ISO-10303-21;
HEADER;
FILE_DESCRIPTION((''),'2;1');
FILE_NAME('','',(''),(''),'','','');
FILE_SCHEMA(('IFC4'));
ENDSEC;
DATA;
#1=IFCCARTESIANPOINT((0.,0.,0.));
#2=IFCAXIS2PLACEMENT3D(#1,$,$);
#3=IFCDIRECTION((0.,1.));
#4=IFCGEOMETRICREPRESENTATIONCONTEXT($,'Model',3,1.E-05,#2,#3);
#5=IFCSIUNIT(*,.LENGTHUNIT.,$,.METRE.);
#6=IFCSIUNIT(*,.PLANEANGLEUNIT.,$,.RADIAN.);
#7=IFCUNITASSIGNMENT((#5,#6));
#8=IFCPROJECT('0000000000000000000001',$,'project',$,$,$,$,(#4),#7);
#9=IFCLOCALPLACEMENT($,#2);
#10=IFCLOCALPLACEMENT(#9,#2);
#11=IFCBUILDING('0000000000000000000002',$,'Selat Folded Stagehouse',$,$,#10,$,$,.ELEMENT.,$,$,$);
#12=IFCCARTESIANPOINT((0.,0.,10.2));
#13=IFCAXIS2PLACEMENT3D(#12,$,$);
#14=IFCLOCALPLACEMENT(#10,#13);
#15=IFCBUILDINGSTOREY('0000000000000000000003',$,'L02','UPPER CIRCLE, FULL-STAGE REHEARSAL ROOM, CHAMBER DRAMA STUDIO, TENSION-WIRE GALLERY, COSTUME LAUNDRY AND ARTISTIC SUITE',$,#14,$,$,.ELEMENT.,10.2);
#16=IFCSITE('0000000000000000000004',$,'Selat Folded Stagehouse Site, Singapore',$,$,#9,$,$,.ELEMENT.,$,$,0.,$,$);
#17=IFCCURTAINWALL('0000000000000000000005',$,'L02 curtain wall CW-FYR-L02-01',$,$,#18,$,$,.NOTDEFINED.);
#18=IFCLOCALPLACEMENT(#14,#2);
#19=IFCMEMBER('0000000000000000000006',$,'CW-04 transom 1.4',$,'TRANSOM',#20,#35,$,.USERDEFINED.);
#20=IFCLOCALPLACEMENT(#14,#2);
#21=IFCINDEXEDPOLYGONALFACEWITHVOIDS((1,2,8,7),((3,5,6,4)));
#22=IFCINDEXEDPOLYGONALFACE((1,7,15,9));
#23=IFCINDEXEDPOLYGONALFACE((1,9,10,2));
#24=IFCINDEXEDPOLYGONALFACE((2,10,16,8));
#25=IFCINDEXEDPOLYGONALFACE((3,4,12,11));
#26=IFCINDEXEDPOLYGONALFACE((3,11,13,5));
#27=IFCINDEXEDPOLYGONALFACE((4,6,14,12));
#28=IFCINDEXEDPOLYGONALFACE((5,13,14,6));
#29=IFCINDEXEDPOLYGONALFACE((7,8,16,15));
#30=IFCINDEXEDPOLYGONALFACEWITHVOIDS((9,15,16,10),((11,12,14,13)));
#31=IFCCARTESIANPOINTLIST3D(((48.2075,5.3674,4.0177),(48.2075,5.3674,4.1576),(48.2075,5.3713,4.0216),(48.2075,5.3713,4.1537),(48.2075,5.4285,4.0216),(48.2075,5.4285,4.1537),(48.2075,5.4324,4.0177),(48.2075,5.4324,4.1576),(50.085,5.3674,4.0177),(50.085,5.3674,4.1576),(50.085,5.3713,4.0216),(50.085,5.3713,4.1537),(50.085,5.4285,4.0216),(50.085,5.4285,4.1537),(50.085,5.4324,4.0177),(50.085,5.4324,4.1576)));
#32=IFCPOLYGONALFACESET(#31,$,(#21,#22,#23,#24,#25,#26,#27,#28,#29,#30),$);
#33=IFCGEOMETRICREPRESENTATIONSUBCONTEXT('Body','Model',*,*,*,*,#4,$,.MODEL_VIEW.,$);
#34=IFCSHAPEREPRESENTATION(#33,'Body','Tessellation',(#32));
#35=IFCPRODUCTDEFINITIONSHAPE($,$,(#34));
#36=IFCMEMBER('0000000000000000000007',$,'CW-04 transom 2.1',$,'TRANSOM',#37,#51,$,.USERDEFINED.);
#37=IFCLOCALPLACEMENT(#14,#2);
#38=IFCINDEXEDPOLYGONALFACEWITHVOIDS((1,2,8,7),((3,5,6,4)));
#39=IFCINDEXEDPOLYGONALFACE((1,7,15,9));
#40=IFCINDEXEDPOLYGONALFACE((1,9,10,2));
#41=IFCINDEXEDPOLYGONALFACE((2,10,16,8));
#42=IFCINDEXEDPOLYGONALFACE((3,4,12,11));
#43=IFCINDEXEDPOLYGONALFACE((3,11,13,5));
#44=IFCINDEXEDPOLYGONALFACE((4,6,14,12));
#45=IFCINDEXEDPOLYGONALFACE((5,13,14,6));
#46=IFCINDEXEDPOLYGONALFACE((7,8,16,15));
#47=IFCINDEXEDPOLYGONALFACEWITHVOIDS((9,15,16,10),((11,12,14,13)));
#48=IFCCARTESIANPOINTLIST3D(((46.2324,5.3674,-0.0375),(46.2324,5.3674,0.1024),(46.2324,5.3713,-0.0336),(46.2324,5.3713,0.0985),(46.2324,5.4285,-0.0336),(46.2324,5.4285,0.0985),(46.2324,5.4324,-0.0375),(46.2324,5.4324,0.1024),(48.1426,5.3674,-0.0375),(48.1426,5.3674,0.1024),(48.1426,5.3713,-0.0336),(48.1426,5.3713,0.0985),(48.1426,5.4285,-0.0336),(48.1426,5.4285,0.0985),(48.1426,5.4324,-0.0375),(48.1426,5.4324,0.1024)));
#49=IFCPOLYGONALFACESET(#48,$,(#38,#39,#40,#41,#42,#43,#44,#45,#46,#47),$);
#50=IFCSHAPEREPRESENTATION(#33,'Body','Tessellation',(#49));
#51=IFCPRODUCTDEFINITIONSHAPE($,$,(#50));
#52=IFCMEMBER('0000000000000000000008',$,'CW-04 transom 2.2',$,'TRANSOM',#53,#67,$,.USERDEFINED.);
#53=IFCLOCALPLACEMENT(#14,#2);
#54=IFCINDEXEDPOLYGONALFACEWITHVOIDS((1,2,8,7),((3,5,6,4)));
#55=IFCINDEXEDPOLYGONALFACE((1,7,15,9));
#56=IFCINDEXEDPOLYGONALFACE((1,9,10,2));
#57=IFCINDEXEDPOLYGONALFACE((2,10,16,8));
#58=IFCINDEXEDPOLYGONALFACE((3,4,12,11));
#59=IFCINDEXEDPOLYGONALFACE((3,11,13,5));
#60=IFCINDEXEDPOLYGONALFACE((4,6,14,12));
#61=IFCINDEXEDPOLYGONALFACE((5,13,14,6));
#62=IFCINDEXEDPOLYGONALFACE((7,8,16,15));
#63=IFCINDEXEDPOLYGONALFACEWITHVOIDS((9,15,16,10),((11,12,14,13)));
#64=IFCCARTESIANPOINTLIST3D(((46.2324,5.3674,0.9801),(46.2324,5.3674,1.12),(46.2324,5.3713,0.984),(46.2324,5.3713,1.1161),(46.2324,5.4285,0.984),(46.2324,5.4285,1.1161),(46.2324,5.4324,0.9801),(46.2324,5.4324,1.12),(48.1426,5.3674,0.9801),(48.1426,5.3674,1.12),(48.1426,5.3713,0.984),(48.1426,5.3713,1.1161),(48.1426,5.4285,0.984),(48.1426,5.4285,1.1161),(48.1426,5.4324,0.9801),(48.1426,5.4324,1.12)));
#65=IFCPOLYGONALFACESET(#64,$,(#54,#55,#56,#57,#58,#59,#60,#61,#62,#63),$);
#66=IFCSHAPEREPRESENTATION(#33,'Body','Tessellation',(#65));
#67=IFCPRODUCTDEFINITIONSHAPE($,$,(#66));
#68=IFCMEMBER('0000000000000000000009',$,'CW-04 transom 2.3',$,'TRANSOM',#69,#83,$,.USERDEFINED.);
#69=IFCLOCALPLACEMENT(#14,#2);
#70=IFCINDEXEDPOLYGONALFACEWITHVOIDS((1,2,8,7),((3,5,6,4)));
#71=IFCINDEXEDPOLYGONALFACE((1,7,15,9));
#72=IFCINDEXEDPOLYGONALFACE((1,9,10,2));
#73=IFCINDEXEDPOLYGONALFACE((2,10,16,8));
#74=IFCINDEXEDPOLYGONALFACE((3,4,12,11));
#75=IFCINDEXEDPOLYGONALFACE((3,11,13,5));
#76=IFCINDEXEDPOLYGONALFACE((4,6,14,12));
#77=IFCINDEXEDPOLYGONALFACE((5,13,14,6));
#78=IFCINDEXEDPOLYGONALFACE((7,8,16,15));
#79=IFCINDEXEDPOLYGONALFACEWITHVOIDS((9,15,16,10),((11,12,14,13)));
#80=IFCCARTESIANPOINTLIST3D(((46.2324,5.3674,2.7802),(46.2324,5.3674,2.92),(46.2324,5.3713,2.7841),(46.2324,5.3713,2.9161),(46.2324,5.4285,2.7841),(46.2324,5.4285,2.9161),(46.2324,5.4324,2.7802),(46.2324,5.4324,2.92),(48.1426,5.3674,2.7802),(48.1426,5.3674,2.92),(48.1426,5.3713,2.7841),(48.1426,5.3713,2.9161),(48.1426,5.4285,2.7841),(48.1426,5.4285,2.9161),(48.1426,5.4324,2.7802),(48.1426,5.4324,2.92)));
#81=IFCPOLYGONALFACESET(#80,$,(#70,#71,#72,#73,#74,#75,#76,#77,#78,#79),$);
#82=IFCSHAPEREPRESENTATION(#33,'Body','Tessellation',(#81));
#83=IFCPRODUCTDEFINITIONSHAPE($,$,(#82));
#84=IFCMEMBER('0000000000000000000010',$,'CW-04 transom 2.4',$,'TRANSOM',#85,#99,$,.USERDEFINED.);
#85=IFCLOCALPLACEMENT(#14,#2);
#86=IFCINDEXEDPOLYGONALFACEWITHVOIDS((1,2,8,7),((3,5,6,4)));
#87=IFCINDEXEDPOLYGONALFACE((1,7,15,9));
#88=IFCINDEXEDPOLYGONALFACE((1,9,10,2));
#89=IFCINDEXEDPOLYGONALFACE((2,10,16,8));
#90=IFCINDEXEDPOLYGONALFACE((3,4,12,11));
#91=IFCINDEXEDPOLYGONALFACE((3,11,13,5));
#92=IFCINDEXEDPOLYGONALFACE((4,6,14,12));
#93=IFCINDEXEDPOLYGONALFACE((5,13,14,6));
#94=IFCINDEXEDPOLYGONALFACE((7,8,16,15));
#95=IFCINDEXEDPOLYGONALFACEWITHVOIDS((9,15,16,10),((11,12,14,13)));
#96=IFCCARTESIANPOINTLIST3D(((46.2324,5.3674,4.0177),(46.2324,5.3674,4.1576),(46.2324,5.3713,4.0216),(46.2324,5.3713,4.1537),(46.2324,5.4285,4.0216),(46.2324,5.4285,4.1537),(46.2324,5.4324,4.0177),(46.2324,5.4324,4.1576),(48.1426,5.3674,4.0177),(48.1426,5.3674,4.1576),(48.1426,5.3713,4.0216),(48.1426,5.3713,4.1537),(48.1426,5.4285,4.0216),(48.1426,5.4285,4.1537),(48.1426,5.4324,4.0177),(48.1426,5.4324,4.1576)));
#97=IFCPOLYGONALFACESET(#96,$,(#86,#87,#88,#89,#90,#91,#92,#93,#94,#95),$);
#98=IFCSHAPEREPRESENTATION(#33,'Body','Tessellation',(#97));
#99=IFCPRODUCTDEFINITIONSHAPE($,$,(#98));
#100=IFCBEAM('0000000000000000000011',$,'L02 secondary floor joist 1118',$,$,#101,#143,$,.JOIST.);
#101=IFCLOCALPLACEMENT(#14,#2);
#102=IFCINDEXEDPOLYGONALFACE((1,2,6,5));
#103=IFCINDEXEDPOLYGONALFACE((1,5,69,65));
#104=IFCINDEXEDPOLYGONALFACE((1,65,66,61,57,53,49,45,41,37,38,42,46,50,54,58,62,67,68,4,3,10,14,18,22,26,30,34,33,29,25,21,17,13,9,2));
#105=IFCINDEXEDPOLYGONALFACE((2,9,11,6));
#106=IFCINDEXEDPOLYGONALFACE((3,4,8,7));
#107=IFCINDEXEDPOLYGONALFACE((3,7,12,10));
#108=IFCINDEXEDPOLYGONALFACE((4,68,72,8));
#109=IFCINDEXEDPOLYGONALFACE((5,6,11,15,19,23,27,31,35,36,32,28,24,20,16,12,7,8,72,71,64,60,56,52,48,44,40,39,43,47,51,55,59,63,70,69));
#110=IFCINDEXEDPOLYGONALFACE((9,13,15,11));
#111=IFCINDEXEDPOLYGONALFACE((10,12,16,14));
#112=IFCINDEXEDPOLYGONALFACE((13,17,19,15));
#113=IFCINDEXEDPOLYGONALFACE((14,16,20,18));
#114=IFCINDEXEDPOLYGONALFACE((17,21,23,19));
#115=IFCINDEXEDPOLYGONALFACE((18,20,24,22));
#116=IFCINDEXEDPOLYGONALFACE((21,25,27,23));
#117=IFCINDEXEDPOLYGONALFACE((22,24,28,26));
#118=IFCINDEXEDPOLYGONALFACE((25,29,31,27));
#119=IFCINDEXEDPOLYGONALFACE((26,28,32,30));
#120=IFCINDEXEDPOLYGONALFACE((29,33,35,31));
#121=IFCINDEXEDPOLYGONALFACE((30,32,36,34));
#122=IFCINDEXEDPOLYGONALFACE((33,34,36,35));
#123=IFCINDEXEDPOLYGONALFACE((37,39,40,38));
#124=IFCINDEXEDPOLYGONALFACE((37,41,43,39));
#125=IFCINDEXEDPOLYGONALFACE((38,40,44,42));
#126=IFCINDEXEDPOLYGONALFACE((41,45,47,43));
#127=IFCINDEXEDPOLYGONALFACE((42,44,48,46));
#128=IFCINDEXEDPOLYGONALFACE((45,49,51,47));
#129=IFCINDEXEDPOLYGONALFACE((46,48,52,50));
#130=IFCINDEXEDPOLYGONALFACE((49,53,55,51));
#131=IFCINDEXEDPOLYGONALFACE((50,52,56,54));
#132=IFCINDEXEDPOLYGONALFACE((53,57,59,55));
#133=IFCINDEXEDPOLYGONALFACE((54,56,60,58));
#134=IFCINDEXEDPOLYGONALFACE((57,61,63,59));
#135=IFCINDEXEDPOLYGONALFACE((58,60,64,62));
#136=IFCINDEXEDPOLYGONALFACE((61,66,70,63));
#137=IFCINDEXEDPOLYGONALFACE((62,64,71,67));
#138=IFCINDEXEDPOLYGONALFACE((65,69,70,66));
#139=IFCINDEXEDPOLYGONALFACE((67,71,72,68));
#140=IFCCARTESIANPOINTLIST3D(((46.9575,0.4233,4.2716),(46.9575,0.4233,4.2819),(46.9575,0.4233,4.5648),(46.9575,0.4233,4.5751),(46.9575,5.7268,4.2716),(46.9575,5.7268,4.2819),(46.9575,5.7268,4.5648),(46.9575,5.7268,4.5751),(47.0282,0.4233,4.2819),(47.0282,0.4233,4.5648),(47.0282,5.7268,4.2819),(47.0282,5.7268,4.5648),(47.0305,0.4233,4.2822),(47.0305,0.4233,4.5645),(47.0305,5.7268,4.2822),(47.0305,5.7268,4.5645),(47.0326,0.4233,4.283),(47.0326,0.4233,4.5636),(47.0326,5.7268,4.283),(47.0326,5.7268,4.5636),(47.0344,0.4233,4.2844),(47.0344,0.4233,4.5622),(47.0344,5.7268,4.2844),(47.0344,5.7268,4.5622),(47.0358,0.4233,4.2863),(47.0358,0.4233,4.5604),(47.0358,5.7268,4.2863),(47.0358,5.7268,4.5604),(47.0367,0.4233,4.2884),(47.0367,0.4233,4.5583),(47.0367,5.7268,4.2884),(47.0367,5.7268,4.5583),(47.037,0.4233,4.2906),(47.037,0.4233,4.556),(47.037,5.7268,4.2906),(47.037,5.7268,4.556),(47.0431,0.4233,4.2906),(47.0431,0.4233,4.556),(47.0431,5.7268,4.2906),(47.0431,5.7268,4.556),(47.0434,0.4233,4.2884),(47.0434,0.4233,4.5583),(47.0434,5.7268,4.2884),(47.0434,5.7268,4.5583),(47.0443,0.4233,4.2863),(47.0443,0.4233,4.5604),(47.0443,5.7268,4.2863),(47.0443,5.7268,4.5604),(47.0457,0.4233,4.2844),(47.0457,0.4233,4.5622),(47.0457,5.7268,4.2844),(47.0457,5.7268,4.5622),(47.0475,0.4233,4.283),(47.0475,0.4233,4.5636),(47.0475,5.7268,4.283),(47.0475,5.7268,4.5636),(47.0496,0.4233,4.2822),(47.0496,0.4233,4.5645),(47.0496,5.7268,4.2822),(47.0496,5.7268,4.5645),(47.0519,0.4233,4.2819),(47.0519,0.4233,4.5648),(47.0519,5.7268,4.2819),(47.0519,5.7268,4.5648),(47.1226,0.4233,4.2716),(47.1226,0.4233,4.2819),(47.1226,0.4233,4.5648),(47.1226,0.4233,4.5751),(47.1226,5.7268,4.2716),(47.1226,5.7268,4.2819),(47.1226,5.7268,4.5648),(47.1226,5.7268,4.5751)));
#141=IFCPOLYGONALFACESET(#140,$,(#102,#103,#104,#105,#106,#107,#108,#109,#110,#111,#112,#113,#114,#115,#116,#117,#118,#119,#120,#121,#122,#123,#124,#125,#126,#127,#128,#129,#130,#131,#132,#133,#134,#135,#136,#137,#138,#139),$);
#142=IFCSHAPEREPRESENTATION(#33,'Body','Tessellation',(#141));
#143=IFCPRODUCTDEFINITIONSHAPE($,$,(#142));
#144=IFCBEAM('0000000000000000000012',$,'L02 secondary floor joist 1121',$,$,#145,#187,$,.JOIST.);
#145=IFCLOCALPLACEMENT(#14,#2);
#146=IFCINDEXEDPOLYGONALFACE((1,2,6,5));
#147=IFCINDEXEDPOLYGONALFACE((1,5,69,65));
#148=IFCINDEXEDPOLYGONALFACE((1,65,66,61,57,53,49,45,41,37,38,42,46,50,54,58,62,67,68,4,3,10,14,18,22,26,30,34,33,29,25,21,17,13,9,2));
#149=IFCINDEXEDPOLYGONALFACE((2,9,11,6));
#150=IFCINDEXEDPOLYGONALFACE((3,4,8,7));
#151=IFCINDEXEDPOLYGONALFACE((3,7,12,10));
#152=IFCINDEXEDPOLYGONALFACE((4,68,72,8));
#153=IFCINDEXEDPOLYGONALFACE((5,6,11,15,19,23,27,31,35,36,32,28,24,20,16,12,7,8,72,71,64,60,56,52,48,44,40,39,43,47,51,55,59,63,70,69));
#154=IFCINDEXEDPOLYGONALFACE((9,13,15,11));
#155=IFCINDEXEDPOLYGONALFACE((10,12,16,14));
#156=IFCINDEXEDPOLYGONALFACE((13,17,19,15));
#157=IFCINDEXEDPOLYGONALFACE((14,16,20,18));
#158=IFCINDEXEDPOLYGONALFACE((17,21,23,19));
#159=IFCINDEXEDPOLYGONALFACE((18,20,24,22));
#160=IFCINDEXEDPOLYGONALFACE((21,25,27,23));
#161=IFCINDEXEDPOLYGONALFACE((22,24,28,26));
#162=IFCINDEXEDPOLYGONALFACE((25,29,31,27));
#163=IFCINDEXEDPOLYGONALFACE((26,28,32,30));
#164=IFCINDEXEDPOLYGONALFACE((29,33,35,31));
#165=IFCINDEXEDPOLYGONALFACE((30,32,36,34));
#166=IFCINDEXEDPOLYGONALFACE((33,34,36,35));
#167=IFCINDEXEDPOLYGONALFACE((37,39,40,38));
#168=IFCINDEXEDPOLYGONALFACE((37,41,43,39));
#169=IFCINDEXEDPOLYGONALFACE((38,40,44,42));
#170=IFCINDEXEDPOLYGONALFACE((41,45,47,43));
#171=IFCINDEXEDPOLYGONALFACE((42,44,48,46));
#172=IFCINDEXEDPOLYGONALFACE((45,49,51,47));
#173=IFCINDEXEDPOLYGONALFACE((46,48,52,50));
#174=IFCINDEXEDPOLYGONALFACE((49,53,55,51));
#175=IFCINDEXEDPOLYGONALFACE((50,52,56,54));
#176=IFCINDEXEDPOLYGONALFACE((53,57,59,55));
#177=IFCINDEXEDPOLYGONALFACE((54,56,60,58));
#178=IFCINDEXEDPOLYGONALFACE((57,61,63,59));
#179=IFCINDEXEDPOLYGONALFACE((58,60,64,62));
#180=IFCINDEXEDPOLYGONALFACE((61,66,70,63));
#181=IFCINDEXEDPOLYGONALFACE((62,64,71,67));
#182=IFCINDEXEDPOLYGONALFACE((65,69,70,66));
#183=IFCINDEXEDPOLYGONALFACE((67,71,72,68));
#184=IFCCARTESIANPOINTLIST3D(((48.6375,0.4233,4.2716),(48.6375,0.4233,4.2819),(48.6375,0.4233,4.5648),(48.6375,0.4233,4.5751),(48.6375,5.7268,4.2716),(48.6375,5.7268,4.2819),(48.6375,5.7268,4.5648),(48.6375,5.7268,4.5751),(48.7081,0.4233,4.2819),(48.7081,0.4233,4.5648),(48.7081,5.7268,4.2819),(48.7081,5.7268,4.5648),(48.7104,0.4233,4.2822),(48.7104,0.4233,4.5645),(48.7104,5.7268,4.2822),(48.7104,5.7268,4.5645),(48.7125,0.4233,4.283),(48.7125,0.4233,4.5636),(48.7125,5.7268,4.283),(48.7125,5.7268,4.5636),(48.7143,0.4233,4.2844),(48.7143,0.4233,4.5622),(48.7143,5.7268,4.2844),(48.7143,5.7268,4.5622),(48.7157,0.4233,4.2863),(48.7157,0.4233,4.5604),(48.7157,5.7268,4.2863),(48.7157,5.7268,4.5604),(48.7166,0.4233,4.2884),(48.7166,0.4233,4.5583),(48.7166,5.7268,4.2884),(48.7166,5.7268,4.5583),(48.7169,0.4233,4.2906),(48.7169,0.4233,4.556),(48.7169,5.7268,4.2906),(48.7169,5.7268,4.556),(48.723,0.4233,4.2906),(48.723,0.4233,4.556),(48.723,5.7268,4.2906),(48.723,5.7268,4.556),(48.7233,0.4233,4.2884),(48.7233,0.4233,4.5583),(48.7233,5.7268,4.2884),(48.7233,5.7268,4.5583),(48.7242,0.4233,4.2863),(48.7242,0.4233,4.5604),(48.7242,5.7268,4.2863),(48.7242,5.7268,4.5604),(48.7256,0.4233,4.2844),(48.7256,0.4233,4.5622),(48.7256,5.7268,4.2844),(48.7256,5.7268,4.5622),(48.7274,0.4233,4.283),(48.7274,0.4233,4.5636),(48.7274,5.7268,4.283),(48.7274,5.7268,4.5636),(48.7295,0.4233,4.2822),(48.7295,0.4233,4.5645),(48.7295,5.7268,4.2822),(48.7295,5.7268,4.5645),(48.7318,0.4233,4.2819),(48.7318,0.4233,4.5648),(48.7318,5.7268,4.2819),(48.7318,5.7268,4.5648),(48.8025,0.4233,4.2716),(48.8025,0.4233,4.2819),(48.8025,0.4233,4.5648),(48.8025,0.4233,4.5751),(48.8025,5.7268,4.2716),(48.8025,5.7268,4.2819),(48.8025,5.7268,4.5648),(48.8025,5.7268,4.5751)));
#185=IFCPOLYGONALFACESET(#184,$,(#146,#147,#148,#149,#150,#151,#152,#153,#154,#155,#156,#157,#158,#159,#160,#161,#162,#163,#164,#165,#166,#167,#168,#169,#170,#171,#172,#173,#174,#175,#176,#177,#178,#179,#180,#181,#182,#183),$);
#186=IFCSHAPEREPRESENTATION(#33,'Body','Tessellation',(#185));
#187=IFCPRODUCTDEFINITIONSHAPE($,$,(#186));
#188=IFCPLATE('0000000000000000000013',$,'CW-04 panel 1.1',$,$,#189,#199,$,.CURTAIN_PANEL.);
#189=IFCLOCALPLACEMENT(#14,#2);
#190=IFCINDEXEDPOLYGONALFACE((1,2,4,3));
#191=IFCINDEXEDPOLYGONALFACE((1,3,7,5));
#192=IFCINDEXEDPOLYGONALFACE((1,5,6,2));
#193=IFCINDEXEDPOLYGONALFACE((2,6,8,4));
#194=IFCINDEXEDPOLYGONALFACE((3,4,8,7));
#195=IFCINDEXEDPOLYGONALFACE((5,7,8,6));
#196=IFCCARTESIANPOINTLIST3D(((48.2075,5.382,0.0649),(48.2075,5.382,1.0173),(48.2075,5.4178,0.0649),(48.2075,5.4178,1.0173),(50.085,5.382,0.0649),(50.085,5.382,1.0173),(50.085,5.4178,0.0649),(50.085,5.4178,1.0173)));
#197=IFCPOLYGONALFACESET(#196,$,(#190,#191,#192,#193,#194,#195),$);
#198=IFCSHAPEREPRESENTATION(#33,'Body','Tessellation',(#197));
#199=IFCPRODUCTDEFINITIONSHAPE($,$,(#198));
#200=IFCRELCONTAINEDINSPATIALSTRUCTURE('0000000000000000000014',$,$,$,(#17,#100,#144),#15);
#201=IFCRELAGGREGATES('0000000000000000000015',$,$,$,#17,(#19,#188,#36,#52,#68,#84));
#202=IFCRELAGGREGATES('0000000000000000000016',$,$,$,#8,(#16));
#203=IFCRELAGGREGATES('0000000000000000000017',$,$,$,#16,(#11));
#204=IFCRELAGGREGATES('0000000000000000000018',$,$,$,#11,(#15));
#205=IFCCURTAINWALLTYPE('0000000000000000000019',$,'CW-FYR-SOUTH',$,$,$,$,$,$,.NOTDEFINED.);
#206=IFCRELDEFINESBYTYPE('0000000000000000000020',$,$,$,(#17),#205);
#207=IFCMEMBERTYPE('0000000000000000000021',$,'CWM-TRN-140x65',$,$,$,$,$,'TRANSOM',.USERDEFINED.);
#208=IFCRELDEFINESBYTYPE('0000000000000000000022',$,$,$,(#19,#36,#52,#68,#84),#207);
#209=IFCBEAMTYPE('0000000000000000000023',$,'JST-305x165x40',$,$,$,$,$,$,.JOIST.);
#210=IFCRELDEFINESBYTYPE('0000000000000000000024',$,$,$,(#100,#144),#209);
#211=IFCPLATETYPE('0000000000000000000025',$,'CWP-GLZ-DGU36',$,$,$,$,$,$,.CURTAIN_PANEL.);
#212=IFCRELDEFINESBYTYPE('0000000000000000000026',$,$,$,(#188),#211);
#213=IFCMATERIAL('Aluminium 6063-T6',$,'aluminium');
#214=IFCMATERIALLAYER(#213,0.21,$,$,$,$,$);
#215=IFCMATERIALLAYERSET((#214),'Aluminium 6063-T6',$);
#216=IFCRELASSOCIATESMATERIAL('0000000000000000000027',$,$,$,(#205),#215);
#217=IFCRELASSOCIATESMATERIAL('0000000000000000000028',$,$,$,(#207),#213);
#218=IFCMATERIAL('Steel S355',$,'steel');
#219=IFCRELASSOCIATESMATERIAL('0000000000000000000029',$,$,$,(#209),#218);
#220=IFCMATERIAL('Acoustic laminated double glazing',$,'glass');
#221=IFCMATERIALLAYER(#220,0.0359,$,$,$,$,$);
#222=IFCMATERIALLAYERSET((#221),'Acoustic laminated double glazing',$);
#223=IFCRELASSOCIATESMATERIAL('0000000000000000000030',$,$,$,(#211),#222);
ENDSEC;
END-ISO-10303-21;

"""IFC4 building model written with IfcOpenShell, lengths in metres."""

from ifc_helpers import new_model, si_unit, direction, frame, origin, origin_2d, place, context, subcontext, project, spatial, rectangle, hollow_rectangle, i_section, extrude, material, layer, layer_set, material_profile, profile_set, type_object, element, aggregate, save


model = new_model("IFC4")

# Units and contexts
model_context = context("Model", 3, precision=1e-05, world=origin(), true_north=direction((0.0, 1.0)))
body_context = subcontext(model_context, "Body", "Model", "MODEL_VIEW")
ifc_project = project(units=[si_unit("LENGTHUNIT", "METRE"), si_unit("PLANEANGLEUNIT", "RADIAN")], contexts=[model_context])

# Site, building, storey
site_placement = place(None, origin())
site = spatial("IfcSite", under=ifc_project, at=site_placement, Name="Selat Folded Stagehouse Site, Singapore", CompositionType="ELEMENT", RefElevation=0.0)
building_placement = place(site_placement, origin())
building = spatial("IfcBuilding", under=site, at=building_placement, Name="Selat Folded Stagehouse", CompositionType="ELEMENT")
storey_placement = place(building_placement, frame((0.0, 0.0, 10.2)))
storey = spatial("IfcBuildingStorey", under=building, at=storey_placement, Name="L02", Description="UPPER CIRCLE, FULL-STAGE REHEARSAL ROOM, CHAMBER DRAMA STUDIO, TENSION-WIRE GALLERY, COSTUME LAUNDRY AND ARTISTIC SUITE", CompositionType="ELEMENT", Elevation=10.2)

# Shared definitions
ifc_material_1 = material(Name="Steel S355", Category="steel")

# Curtain wall, members
ifc_material_2 = material(Name="Aluminium 6063-T6", Category="aluminium")
ifc_layer_1 = layer(ifc_material_2, 0.21)
ifc_layer_set_1 = layer_set([ifc_layer_1], Name="Aluminium 6063-T6")
curtain_wall_type = type_object("IfcCurtainWallType", Name="CW-FYR-SOUTH", PredefinedType="NOTDEFINED", material=ifc_layer_set_1)
curtain_wall_placement = place(storey_placement, origin())
curtain_wall = element("IfcCurtainWall", 1, at=curtain_wall_placement, inside=storey, type_object=curtain_wall_type, Name="L02 curtain wall CW-FYR-L02-01", PredefinedType="NOTDEFINED")
ifc_material_profile_1 = material_profile(ifc_material_2, hollow_rectangle(XDim=0.0649, YDim=0.1399, WallThickness=0.0039, at=origin_2d()), Name="ALU 140x65x4.0")
ifc_profile_set_1 = profile_set([ifc_material_profile_1], Name="Aluminium 6063-T6")
member_type_1 = type_object("IfcMemberType", Name="CWM-TRN-140x65", ElementType="TRANSOM", PredefinedType="USERDEFINED", material=ifc_profile_set_1)
member_1_placement = place(storey_placement, frame((50.085, 5.3999, 4.0876), z_axis=(-1.0, 0.0, 0.0), x_axis=(0.0, -1.0, 0.0)))
member_1 = element("IfcMember", 2, at=member_1_placement, type_object=member_type_1, Name="CW-04 transom 1.4", ObjectType="TRANSOM", PredefinedType="USERDEFINED", context=body_context, shape_type="SweptSolid", body=[
    extrude(hollow_rectangle(XDim=0.0649, YDim=0.1399, WallThickness=0.0039, at=origin_2d()), origin(), (0.0, 0.0, 1.0), 1.8774),
])
member_2_placement = place(storey_placement, frame((48.1426, 5.3999, 0.0325), z_axis=(-1.0, 0.0, 0.0), x_axis=(0.0, -1.0, 0.0)))
member_2 = element("IfcMember", 3, at=member_2_placement, type_object=member_type_1, Name="CW-04 transom 2.1", ObjectType="TRANSOM", PredefinedType="USERDEFINED", context=body_context, shape_type="SweptSolid", body=[
    extrude(hollow_rectangle(XDim=0.0649, YDim=0.1399, WallThickness=0.0039, at=origin_2d()), origin(), (0.0, 0.0, 1.0), 1.9102),
])
member_3_placement = place(storey_placement, frame((48.1426, 5.3999, 1.05), z_axis=(-1.0, 0.0, 0.0), x_axis=(0.0, -1.0, 0.0)))
member_3 = element("IfcMember", 4, at=member_3_placement, type_object=member_type_1, Name="CW-04 transom 2.2", ObjectType="TRANSOM", PredefinedType="USERDEFINED", context=body_context, shape_type="SweptSolid", body=[
    extrude(hollow_rectangle(XDim=0.0649, YDim=0.1399, WallThickness=0.0039, at=origin_2d()), origin(), (0.0, 0.0, 1.0), 1.9102),
])
member_4_placement = place(storey_placement, frame((48.1426, 5.3999, 2.8501), z_axis=(-1.0, 0.0, 0.0), x_axis=(0.0, -1.0, 0.0)))
member_4 = element("IfcMember", 5, at=member_4_placement, type_object=member_type_1, Name="CW-04 transom 2.3", ObjectType="TRANSOM", PredefinedType="USERDEFINED", context=body_context, shape_type="SweptSolid", body=[
    extrude(hollow_rectangle(XDim=0.0649, YDim=0.1399, WallThickness=0.0039, at=origin_2d()), origin(), (0.0, 0.0, 1.0), 1.9102),
])
member_5_placement = place(storey_placement, frame((48.1426, 5.3999, 4.0876), z_axis=(-1.0, 0.0, 0.0), x_axis=(0.0, -1.0, 0.0)))
member_5 = element("IfcMember", 6, at=member_5_placement, type_object=member_type_1, Name="CW-04 transom 2.4", ObjectType="TRANSOM", PredefinedType="USERDEFINED", context=body_context, shape_type="SweptSolid", body=[
    extrude(hollow_rectangle(XDim=0.0649, YDim=0.1399, WallThickness=0.0039, at=origin_2d()), origin(), (0.0, 0.0, 1.0), 1.9102),
])

# Beams
ifc_material_profile_2 = material_profile(ifc_material_1, i_section(OverallWidth=0.165, OverallDepth=0.3035, WebThickness=0.0061, FlangeThickness=0.0103, FilletRadius=0.0088, at=origin_2d()), Name="UKB 305x165x40")
ifc_profile_set_2 = profile_set([ifc_material_profile_2], Name="Steel S355")
beam_type_1 = type_object("IfcBeamType", Name="JST-305x165x40", PredefinedType="JOIST", material=ifc_profile_set_2)
for number, where, z_axis, x_axis, name in (
    (7, (47.04, 0.4233, 4.4233), (0.0, 1.0, 0.0), (-1.0, 0.0, 0.0), "L02 secondary floor joist 1118"),
    (8, (48.72, 0.4233, 4.4233), (0.0, 1.0, 0.0), (-1.0, 0.0, 0.0), "L02 secondary floor joist 1121"),
):
    element("IfcBeam", number, at=place(storey_placement, frame(where, z_axis=z_axis, x_axis=x_axis)), inside=storey, type_object=beam_type_1, Name=name, PredefinedType="JOIST", context=body_context, shape_type="SweptSolid", body=[
        extrude(i_section(OverallWidth=0.165, OverallDepth=0.3035, WebThickness=0.0061, FlangeThickness=0.0103, FilletRadius=0.0088, at=origin_2d()), origin(), (0.0, 0.0, 1.0), 5.3035),
    ])

# Plate
ifc_material_3 = material(Name="Acoustic laminated double glazing", Category="glass")
ifc_layer_2 = layer(ifc_material_3, 0.0359)
ifc_layer_set_2 = layer_set([ifc_layer_2], Name="Acoustic laminated double glazing")
plate_type_1 = type_object("IfcPlateType", Name="CWP-GLZ-DGU36", PredefinedType="CURTAIN_PANEL", material=ifc_layer_set_2)
plate_1_placement = place(storey_placement, frame((49.1462, 5.3999, 0.0649), z_axis=(0.0, 0.0, 1.0), x_axis=(-1.0, 0.0, 0.0)))
plate_1 = element("IfcPlate", 9, at=plate_1_placement, type_object=plate_type_1, Name="CW-04 panel 1.1", PredefinedType="CURTAIN_PANEL", context=body_context, shape_type="SweptSolid", body=[
    extrude(rectangle(XDim=1.8774, YDim=0.0359, at=origin_2d()), origin(), (0.0, 0.0, 1.0), 0.9524),
])
aggregate(curtain_wall, [member_1, plate_1, member_2, member_3, member_4, member_5])

save(model, "model.ifc")
